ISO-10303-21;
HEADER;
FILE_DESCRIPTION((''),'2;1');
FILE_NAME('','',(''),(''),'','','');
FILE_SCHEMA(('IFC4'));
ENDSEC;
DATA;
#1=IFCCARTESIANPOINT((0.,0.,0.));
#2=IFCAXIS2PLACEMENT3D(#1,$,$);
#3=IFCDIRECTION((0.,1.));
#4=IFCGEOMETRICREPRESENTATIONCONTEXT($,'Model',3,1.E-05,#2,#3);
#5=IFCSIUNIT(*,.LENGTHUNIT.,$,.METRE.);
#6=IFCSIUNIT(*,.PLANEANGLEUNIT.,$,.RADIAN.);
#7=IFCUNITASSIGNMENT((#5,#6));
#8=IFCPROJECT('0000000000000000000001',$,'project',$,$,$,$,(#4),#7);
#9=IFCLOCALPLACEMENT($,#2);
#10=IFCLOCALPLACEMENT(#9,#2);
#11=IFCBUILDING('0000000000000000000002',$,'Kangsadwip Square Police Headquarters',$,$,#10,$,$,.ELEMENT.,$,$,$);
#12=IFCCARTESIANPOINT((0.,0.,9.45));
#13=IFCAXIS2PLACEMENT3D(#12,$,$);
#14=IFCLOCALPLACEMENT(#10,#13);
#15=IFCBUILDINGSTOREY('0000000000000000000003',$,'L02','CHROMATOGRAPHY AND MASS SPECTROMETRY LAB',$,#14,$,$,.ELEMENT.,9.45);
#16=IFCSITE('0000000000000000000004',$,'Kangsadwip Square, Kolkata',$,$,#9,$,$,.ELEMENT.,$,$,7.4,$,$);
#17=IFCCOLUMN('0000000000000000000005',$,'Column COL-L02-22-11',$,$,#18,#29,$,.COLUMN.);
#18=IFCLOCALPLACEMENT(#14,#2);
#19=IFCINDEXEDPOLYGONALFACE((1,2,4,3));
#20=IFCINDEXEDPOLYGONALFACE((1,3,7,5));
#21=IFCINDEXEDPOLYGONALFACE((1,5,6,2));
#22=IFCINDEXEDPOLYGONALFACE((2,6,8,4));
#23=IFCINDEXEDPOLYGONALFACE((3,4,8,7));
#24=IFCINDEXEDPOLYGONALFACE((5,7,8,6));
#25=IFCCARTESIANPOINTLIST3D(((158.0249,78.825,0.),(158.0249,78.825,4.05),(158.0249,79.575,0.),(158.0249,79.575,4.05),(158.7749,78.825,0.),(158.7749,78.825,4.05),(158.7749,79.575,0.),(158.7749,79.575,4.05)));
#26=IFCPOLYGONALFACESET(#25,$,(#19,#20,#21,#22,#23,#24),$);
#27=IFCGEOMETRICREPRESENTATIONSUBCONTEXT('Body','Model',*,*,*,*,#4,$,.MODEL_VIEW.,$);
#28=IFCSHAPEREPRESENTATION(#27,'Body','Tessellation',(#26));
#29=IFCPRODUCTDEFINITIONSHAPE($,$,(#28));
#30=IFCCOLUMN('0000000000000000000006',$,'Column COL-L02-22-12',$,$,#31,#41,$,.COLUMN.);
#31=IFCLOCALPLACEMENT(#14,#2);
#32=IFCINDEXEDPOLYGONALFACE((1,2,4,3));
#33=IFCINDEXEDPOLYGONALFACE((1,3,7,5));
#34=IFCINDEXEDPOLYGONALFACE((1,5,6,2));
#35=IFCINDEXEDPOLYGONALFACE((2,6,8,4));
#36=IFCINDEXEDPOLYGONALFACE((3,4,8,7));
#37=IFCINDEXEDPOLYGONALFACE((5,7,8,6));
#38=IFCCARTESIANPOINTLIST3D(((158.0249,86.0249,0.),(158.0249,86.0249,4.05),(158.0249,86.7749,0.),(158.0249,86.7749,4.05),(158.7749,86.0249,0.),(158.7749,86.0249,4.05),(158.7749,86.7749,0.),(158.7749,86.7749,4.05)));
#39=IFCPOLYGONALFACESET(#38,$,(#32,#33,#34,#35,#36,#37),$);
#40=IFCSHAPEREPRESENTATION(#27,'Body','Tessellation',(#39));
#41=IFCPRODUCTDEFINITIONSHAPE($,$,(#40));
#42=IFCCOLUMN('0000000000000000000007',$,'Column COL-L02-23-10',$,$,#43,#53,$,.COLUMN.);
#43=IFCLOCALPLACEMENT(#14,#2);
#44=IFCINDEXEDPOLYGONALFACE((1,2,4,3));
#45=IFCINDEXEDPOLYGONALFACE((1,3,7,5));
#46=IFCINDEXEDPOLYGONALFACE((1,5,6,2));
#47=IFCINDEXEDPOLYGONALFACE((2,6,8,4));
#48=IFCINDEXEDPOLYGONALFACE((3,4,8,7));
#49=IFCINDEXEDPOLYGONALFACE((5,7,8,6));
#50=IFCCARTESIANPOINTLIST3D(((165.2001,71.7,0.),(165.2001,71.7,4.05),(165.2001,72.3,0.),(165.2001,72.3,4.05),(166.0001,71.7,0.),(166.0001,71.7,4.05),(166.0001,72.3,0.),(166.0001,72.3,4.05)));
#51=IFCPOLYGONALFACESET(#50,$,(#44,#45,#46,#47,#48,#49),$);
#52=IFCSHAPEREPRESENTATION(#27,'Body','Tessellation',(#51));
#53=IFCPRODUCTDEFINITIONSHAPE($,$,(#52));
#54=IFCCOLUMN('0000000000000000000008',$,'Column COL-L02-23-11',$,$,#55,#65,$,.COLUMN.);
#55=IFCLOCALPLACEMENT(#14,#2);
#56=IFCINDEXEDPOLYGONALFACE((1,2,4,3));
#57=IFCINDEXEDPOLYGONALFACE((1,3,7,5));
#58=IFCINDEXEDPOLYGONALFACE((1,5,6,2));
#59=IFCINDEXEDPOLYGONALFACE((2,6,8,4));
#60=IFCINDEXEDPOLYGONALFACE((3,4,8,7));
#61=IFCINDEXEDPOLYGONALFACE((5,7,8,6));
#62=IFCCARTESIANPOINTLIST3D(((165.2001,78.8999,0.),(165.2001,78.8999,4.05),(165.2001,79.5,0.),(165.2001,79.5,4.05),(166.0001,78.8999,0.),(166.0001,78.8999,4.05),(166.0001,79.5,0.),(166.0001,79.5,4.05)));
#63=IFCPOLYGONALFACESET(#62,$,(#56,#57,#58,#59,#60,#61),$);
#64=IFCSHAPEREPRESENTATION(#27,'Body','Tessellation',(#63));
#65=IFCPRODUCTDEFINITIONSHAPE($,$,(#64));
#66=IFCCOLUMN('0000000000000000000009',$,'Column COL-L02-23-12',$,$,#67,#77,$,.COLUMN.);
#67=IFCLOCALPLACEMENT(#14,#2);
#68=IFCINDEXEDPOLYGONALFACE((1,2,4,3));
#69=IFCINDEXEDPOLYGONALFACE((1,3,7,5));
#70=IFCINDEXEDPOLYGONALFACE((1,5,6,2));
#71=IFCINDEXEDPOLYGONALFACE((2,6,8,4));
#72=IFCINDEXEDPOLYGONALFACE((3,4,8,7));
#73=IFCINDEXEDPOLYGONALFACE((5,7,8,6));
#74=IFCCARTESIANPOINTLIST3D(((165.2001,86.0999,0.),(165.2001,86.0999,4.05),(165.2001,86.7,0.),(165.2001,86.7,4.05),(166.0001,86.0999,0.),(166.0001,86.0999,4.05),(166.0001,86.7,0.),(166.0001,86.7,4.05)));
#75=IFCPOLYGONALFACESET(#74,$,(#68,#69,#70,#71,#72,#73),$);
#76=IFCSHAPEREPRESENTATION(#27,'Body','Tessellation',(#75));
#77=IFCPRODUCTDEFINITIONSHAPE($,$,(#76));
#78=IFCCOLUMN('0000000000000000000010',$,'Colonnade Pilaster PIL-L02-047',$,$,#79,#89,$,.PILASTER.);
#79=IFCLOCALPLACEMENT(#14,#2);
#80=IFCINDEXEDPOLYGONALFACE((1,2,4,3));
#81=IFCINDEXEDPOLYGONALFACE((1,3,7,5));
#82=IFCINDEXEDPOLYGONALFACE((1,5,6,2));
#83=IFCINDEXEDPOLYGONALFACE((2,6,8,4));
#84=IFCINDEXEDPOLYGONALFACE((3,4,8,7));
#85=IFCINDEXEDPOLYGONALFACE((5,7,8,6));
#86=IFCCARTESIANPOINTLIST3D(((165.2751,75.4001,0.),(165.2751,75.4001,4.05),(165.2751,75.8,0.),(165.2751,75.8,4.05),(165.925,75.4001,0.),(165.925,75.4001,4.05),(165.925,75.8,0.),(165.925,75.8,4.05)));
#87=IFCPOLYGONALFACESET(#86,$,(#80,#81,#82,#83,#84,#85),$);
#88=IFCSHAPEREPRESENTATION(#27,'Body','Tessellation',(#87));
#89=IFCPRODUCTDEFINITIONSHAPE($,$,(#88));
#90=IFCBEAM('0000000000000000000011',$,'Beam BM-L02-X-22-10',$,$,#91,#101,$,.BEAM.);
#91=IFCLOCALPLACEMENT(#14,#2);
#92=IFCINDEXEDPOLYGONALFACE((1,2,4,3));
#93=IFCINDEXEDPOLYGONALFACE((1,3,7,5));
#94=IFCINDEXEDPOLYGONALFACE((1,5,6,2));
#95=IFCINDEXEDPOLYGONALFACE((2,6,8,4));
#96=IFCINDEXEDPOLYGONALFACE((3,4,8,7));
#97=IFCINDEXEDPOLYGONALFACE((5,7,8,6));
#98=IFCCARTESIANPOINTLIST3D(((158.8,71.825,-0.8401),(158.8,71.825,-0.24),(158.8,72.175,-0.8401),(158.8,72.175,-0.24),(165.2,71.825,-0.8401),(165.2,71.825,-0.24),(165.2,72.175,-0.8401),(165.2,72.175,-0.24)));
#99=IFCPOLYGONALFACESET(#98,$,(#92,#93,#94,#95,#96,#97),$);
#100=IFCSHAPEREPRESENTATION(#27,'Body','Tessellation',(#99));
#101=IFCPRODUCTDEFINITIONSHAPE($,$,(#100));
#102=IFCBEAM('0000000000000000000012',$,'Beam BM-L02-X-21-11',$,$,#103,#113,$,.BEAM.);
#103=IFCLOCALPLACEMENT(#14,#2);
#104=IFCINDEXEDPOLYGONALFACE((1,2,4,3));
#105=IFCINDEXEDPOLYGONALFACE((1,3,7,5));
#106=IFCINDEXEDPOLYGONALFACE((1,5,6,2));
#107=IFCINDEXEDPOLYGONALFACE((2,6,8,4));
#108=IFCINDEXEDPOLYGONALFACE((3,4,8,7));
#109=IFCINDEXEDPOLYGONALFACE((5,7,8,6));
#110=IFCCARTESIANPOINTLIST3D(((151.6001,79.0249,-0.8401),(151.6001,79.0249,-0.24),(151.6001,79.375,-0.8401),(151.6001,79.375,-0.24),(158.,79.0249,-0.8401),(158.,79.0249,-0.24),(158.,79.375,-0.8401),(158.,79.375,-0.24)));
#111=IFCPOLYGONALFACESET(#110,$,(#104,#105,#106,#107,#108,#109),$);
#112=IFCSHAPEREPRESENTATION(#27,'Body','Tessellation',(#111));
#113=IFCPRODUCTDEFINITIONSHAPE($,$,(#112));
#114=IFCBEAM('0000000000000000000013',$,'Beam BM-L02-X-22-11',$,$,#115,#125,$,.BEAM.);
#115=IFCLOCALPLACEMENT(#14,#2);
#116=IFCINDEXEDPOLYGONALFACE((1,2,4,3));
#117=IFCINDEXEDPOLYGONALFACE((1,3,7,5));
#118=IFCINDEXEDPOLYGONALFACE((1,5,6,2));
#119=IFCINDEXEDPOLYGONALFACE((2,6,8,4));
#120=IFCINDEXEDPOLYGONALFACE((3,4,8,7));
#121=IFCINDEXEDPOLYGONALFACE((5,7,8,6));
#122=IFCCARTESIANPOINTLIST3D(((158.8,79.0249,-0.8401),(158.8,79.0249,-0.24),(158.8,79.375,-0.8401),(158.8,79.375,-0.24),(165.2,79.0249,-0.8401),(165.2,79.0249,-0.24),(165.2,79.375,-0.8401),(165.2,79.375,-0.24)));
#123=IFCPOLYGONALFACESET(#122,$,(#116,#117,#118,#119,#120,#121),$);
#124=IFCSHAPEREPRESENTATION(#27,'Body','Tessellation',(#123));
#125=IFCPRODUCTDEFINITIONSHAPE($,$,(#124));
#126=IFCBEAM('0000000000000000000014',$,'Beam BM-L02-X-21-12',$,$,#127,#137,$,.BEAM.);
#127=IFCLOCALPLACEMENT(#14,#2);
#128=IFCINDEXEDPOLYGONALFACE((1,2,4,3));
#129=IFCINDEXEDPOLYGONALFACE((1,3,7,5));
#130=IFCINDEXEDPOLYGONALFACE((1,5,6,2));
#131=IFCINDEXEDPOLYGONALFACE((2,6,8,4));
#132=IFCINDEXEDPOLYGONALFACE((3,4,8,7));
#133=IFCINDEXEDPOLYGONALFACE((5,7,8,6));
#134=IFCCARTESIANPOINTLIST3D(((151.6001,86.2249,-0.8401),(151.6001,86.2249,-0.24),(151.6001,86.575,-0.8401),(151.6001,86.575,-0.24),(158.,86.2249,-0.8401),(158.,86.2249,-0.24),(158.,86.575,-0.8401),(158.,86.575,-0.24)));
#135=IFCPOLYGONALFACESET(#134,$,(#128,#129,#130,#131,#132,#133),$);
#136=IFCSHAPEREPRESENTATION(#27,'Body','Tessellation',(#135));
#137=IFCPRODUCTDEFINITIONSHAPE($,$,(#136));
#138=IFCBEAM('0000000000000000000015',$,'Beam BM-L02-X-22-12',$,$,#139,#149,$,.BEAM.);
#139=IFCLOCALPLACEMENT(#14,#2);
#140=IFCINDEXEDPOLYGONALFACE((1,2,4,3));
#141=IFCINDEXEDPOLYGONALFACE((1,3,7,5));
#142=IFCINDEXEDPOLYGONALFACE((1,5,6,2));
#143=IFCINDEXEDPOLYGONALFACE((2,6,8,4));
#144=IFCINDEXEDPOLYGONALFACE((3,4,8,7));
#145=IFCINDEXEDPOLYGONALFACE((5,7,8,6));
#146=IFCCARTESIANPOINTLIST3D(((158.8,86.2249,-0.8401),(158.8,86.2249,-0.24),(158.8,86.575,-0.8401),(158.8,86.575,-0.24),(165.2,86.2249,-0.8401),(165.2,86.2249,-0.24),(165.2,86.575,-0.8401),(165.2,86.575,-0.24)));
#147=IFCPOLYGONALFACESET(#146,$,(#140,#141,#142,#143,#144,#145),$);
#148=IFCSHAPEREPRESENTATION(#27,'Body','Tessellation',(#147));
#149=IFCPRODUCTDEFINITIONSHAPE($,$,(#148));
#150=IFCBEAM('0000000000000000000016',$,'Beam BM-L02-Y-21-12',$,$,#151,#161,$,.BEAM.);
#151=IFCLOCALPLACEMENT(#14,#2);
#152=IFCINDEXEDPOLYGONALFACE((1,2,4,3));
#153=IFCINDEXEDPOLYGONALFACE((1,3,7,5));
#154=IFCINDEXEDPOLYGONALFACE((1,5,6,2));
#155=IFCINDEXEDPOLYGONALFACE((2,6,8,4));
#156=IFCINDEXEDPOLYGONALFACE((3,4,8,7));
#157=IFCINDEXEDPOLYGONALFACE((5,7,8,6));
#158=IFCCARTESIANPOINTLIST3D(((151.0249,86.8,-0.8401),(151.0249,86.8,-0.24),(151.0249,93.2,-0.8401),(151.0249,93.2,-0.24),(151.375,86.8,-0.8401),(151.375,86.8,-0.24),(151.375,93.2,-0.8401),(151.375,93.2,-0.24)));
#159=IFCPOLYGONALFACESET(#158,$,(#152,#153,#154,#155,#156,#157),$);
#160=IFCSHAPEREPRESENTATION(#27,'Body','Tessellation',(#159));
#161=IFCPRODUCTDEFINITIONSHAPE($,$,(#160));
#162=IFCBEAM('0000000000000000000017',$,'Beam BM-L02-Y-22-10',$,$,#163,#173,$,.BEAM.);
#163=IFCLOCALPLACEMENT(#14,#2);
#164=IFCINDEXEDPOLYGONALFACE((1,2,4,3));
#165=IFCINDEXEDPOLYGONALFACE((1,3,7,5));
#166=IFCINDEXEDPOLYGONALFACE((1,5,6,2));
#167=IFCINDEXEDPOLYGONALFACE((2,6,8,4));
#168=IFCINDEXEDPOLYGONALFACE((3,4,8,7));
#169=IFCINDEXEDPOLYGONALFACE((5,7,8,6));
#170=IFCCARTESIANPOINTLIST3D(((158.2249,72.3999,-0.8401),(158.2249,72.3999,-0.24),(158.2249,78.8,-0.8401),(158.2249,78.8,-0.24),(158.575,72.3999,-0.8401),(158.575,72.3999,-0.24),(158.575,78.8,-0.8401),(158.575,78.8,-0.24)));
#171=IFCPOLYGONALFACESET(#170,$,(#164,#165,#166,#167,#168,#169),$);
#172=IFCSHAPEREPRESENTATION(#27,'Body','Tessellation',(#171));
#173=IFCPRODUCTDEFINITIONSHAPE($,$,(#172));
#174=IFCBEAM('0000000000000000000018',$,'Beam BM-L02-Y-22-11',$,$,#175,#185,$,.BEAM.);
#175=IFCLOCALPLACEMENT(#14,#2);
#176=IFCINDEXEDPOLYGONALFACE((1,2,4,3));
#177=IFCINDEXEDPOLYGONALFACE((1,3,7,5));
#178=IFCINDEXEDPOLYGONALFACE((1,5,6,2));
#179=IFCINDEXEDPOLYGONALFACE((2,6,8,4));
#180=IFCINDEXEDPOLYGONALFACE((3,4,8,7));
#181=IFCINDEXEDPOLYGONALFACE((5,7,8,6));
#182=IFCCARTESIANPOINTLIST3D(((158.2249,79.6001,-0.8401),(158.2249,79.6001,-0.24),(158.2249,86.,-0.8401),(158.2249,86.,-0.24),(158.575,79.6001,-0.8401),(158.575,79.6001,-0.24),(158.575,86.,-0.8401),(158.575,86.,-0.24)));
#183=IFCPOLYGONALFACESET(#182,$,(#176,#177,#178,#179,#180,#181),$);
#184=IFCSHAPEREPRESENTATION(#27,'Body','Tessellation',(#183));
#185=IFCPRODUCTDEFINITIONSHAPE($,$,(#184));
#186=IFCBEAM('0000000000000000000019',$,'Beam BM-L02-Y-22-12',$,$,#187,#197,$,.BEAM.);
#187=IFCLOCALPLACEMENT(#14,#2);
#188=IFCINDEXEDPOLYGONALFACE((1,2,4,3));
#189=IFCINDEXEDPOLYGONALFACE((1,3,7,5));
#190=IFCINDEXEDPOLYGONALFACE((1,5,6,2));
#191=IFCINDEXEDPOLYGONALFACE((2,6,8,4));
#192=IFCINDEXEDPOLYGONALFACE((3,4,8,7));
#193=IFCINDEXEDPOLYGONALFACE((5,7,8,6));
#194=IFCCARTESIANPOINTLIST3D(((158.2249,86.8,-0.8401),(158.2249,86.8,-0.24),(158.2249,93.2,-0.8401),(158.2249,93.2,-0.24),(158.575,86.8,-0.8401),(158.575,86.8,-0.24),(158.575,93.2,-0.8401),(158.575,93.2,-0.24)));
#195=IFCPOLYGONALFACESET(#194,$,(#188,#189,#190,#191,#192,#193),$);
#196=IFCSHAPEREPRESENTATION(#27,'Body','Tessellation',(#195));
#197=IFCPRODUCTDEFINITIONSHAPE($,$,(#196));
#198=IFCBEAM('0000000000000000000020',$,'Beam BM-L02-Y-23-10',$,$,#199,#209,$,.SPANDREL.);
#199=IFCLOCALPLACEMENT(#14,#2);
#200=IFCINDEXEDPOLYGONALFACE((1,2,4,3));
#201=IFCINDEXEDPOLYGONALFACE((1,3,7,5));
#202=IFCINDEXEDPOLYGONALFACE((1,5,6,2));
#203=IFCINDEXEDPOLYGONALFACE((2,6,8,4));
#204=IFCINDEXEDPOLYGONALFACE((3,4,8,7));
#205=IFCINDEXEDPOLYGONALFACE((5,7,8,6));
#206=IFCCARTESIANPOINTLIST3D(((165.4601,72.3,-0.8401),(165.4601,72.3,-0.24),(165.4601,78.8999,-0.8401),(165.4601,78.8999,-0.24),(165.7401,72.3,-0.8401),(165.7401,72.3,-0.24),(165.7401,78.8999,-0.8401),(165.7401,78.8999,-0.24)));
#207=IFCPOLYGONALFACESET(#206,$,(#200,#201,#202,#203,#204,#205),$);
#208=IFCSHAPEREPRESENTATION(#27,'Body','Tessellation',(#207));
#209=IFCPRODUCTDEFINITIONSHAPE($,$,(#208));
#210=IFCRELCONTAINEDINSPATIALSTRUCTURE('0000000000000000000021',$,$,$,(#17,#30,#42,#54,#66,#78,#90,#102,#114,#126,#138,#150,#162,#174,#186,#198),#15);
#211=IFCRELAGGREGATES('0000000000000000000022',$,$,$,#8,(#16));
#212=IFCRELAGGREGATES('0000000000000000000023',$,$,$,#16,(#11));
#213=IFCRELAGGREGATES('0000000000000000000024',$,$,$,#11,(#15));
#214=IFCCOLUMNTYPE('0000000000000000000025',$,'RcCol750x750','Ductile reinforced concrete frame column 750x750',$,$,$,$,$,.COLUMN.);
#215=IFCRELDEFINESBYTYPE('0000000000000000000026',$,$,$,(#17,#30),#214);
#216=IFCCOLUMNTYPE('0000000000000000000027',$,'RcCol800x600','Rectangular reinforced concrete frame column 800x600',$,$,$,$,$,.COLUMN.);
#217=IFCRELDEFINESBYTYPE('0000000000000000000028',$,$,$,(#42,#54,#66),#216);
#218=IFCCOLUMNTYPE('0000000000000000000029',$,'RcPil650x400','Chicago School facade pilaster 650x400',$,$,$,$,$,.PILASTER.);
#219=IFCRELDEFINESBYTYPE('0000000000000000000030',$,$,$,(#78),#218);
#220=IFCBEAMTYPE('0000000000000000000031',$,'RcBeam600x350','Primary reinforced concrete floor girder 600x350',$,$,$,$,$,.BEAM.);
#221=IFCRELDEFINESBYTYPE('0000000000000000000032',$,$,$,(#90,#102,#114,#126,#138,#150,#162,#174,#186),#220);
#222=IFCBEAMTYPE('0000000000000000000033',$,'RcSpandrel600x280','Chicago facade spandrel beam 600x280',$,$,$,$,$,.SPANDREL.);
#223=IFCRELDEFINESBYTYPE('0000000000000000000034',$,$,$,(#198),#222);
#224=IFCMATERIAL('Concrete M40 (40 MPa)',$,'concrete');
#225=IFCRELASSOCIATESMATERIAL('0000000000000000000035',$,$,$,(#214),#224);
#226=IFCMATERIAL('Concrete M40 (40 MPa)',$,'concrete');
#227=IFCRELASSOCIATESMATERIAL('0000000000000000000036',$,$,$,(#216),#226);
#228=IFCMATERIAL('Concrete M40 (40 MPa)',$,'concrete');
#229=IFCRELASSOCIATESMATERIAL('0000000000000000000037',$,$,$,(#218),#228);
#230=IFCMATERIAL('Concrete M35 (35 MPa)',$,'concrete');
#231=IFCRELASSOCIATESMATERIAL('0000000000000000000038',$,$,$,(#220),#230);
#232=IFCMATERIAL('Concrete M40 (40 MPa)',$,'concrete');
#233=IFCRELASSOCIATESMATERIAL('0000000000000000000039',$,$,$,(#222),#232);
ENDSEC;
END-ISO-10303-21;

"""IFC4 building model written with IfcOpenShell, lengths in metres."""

from ifc_helpers import new_model, si_unit, direction, frame, origin, origin_2d, place, context, subcontext, project, spatial, rectangle, extrude, material, material_profile, profile_set, type_object, element, save


model = new_model("IFC4")

# Units and contexts
model_context = context("Model", 3, precision=1e-05, world=origin(), true_north=direction((0.0, 1.0)))
body_context = subcontext(model_context, "Body", "Model", "MODEL_VIEW")
ifc_project = project(units=[si_unit("LENGTHUNIT", "METRE"), si_unit("PLANEANGLEUNIT", "RADIAN")], contexts=[model_context])

# Site, building, storey
site_placement = place(None, origin())
site = spatial("IfcSite", under=ifc_project, at=site_placement, Name="Kangsadwip Square, Kolkata", CompositionType="ELEMENT", RefElevation=7.4)
building_placement = place(site_placement, origin())
building = spatial("IfcBuilding", under=site, at=building_placement, Name="Kangsadwip Square Police Headquarters", CompositionType="ELEMENT")
storey_placement = place(building_placement, frame((0.0, 0.0, 9.45)))
storey = spatial("IfcBuildingStorey", under=building, at=storey_placement, Name="L02", Description="CHROMATOGRAPHY AND MASS SPECTROMETRY LAB", CompositionType="ELEMENT", Elevation=9.45)

# Columns
ifc_material_1 = material(Name="Concrete M40 (40 MPa)", Category="concrete")
ifc_material_profile_1 = material_profile(ifc_material_1, rectangle(XDim=0.75, YDim=0.75, at=origin_2d()), Name="RC COL 750X750")
ifc_profile_set_1 = profile_set([ifc_material_profile_1], Name="Concrete M40 (40 MPa)")
column_type_1 = type_object("IfcColumnType", Name="RcCol750x750", Description="Ductile reinforced concrete frame column 750x750", PredefinedType="COLUMN", material=ifc_profile_set_1)
for number, where, z_axis, x_axis, name in (
    (1, (158.3999, 79.2, 0.0), (0.0, 0.0, 1.0), (1.0, 0.0, 0.0), "Column COL-L02-22-11"),
    (2, (158.3999, 86.3999, 0.0), (0.0, 0.0, 1.0), (1.0, 0.0, 0.0), "Column COL-L02-22-12"),
):
    element("IfcColumn", number, at=place(storey_placement, frame(where, z_axis=z_axis, x_axis=x_axis)), inside=storey, type_object=column_type_1, Name=name, PredefinedType="COLUMN", context=body_context, shape_type="SweptSolid", body=[
        extrude(rectangle(XDim=0.75, YDim=0.75, at=origin_2d()), origin(), (0.0, 0.0, 1.0), 4.05),
    ])
ifc_material_2 = material(Name="Concrete M40 (40 MPa)", Category="concrete")
ifc_material_profile_2 = material_profile(ifc_material_2, rectangle(XDim=0.6001, YDim=0.8, at=origin_2d()), Name="RC COL 800X600")
ifc_profile_set_2 = profile_set([ifc_material_profile_2], Name="Concrete M40 (40 MPa)")
column_type_2 = type_object("IfcColumnType", Name="RcCol800x600", Description="Rectangular reinforced concrete frame column 800x600", PredefinedType="COLUMN", material=ifc_profile_set_2)
for number, where, z_axis, x_axis, name in (
    (3, (165.6001, 72.0, 0.0), (0.0, 0.0, 1.0), (0.0, 1.0, 0.0), "Column COL-L02-23-10"),
    (4, (165.6001, 79.2, 0.0), (0.0, 0.0, 1.0), (0.0, 1.0, 0.0), "Column COL-L02-23-11"),
    (5, (165.6001, 86.3999, 0.0), (0.0, 0.0, 1.0), (0.0, 1.0, 0.0), "Column COL-L02-23-12"),
):
    element("IfcColumn", number, at=place(storey_placement, frame(where, z_axis=z_axis, x_axis=x_axis)), inside=storey, type_object=column_type_2, Name=name, PredefinedType="COLUMN", context=body_context, shape_type="SweptSolid", body=[
        extrude(rectangle(XDim=0.6001, YDim=0.8, at=origin_2d()), origin(), (0.0, 0.0, 1.0), 4.05),
    ])
ifc_material_3 = material(Name="Concrete M40 (40 MPa)", Category="concrete")
ifc_material_profile_3 = material_profile(ifc_material_3, rectangle(XDim=0.3999, YDim=0.6499, at=origin_2d()), Name="RC PIL 650X400")
ifc_profile_set_3 = profile_set([ifc_material_profile_3], Name="Concrete M40 (40 MPa)")
column_type_3 = type_object("IfcColumnType", Name="RcPil650x400", Description="Chicago School facade pilaster 650x400", PredefinedType="PILASTER", material=ifc_profile_set_3)
column_placement = place(storey_placement, frame((165.6001, 75.6001, 0.0), z_axis=(0.0, 0.0, 1.0), x_axis=(0.0, 1.0, 0.0)))
element("IfcColumn", 6, at=column_placement, inside=storey, type_object=column_type_3, Name="Colonnade Pilaster PIL-L02-047", PredefinedType="PILASTER", context=body_context, shape_type="SweptSolid", body=[
    extrude(rectangle(XDim=0.3999, YDim=0.6499, at=origin_2d()), origin(), (0.0, 0.0, 1.0), 4.05),
])

# Beams
ifc_material_4 = material(Name="Concrete M35 (35 MPa)", Category="concrete")
ifc_material_profile_4 = material_profile(ifc_material_4, rectangle(XDim=0.3501, YDim=0.6001, at=origin_2d()), Name="RC BM 600X350")
ifc_profile_set_4 = profile_set([ifc_material_profile_4], Name="Concrete M35 (35 MPa)")
beam_type_1 = type_object("IfcBeamType", Name="RcBeam600x350", Description="Primary reinforced concrete floor girder 600x350", PredefinedType="BEAM", material=ifc_profile_set_4)
for number, where, z_axis, x_axis, name in (
    (7, (158.8, 72.0, -0.54), (1.0, 0.0, 0.0), (0.0, 1.0, 0.0), "Beam BM-L02-X-22-10"),
    (8, (151.6001, 79.2, -0.54), (1.0, 0.0, 0.0), (0.0, 1.0, 0.0), "Beam BM-L02-X-21-11"),
    (9, (158.8, 79.2, -0.54), (1.0, 0.0, 0.0), (0.0, 1.0, 0.0), "Beam BM-L02-X-22-11"),
    (10, (151.6001, 86.3999, -0.54), (1.0, 0.0, 0.0), (0.0, 1.0, 0.0), "Beam BM-L02-X-21-12"),
    (11, (158.8, 86.3999, -0.54), (1.0, 0.0, 0.0), (0.0, 1.0, 0.0), "Beam BM-L02-X-22-12"),
    (12, (151.2, 86.8, -0.54), (0.0, 1.0, 0.0), (-1.0, 0.0, 0.0), "Beam BM-L02-Y-21-12"),
):
    element("IfcBeam", number, at=place(storey_placement, frame(where, z_axis=z_axis, x_axis=x_axis)), inside=storey, type_object=beam_type_1, Name=name, PredefinedType="BEAM", context=body_context, shape_type="SweptSolid", body=[
        extrude(rectangle(XDim=0.3501, YDim=0.6001, at=origin_2d()), origin(), (0.0, 0.0, 1.0), 6.3999),
    ])
beam_1_placement = place(storey_placement, frame((158.3999, 72.3999, -0.54), z_axis=(0.0, 1.0, 0.0), x_axis=(-1.0, 0.0, 0.0)))
element("IfcBeam", 13, at=beam_1_placement, inside=storey, type_object=beam_type_1, Name="Beam BM-L02-Y-22-10", PredefinedType="BEAM", context=body_context, shape_type="SweptSolid", body=[
    extrude(rectangle(XDim=0.3501, YDim=0.6001, at=origin_2d()), origin(), (0.0, 0.0, 1.0), 6.4001),
])
for number, where, z_axis, x_axis, name in (
    (14, (158.3999, 79.6001, -0.54), (0.0, 1.0, 0.0), (-1.0, 0.0, 0.0), "Beam BM-L02-Y-22-11"),
    (15, (158.3999, 86.8, -0.54), (0.0, 1.0, 0.0), (-1.0, 0.0, 0.0), "Beam BM-L02-Y-22-12"),
):
    element("IfcBeam", number, at=place(storey_placement, frame(where, z_axis=z_axis, x_axis=x_axis)), inside=storey, type_object=beam_type_1, Name=name, PredefinedType="BEAM", context=body_context, shape_type="SweptSolid", body=[
        extrude(rectangle(XDim=0.3501, YDim=0.6001, at=origin_2d()), origin(), (0.0, 0.0, 1.0), 6.3999),
    ])
ifc_material_5 = material(Name="Concrete M40 (40 MPa)", Category="concrete")
ifc_material_profile_5 = material_profile(ifc_material_5, rectangle(XDim=0.28, YDim=0.6001, at=origin_2d()), Name="RC SPN 600X280")
ifc_profile_set_5 = profile_set([ifc_material_profile_5], Name="Concrete M40 (40 MPa)")
beam_type_2 = type_object("IfcBeamType", Name="RcSpandrel600x280", Description="Chicago facade spandrel beam 600x280", PredefinedType="SPANDREL", material=ifc_profile_set_5)
beam_2_placement = place(storey_placement, frame((165.6001, 72.3, -0.54), z_axis=(0.0, 1.0, 0.0), x_axis=(-1.0, 0.0, 0.0)))
element("IfcBeam", 16, at=beam_2_placement, inside=storey, type_object=beam_type_2, Name="Beam BM-L02-Y-23-10", PredefinedType="SPANDREL", context=body_context, shape_type="SweptSolid", body=[
    extrude(rectangle(XDim=0.28, YDim=0.6001, at=origin_2d()), origin(), (0.0, 0.0, 1.0), 6.5999),
])

save(model, "model.ifc")
